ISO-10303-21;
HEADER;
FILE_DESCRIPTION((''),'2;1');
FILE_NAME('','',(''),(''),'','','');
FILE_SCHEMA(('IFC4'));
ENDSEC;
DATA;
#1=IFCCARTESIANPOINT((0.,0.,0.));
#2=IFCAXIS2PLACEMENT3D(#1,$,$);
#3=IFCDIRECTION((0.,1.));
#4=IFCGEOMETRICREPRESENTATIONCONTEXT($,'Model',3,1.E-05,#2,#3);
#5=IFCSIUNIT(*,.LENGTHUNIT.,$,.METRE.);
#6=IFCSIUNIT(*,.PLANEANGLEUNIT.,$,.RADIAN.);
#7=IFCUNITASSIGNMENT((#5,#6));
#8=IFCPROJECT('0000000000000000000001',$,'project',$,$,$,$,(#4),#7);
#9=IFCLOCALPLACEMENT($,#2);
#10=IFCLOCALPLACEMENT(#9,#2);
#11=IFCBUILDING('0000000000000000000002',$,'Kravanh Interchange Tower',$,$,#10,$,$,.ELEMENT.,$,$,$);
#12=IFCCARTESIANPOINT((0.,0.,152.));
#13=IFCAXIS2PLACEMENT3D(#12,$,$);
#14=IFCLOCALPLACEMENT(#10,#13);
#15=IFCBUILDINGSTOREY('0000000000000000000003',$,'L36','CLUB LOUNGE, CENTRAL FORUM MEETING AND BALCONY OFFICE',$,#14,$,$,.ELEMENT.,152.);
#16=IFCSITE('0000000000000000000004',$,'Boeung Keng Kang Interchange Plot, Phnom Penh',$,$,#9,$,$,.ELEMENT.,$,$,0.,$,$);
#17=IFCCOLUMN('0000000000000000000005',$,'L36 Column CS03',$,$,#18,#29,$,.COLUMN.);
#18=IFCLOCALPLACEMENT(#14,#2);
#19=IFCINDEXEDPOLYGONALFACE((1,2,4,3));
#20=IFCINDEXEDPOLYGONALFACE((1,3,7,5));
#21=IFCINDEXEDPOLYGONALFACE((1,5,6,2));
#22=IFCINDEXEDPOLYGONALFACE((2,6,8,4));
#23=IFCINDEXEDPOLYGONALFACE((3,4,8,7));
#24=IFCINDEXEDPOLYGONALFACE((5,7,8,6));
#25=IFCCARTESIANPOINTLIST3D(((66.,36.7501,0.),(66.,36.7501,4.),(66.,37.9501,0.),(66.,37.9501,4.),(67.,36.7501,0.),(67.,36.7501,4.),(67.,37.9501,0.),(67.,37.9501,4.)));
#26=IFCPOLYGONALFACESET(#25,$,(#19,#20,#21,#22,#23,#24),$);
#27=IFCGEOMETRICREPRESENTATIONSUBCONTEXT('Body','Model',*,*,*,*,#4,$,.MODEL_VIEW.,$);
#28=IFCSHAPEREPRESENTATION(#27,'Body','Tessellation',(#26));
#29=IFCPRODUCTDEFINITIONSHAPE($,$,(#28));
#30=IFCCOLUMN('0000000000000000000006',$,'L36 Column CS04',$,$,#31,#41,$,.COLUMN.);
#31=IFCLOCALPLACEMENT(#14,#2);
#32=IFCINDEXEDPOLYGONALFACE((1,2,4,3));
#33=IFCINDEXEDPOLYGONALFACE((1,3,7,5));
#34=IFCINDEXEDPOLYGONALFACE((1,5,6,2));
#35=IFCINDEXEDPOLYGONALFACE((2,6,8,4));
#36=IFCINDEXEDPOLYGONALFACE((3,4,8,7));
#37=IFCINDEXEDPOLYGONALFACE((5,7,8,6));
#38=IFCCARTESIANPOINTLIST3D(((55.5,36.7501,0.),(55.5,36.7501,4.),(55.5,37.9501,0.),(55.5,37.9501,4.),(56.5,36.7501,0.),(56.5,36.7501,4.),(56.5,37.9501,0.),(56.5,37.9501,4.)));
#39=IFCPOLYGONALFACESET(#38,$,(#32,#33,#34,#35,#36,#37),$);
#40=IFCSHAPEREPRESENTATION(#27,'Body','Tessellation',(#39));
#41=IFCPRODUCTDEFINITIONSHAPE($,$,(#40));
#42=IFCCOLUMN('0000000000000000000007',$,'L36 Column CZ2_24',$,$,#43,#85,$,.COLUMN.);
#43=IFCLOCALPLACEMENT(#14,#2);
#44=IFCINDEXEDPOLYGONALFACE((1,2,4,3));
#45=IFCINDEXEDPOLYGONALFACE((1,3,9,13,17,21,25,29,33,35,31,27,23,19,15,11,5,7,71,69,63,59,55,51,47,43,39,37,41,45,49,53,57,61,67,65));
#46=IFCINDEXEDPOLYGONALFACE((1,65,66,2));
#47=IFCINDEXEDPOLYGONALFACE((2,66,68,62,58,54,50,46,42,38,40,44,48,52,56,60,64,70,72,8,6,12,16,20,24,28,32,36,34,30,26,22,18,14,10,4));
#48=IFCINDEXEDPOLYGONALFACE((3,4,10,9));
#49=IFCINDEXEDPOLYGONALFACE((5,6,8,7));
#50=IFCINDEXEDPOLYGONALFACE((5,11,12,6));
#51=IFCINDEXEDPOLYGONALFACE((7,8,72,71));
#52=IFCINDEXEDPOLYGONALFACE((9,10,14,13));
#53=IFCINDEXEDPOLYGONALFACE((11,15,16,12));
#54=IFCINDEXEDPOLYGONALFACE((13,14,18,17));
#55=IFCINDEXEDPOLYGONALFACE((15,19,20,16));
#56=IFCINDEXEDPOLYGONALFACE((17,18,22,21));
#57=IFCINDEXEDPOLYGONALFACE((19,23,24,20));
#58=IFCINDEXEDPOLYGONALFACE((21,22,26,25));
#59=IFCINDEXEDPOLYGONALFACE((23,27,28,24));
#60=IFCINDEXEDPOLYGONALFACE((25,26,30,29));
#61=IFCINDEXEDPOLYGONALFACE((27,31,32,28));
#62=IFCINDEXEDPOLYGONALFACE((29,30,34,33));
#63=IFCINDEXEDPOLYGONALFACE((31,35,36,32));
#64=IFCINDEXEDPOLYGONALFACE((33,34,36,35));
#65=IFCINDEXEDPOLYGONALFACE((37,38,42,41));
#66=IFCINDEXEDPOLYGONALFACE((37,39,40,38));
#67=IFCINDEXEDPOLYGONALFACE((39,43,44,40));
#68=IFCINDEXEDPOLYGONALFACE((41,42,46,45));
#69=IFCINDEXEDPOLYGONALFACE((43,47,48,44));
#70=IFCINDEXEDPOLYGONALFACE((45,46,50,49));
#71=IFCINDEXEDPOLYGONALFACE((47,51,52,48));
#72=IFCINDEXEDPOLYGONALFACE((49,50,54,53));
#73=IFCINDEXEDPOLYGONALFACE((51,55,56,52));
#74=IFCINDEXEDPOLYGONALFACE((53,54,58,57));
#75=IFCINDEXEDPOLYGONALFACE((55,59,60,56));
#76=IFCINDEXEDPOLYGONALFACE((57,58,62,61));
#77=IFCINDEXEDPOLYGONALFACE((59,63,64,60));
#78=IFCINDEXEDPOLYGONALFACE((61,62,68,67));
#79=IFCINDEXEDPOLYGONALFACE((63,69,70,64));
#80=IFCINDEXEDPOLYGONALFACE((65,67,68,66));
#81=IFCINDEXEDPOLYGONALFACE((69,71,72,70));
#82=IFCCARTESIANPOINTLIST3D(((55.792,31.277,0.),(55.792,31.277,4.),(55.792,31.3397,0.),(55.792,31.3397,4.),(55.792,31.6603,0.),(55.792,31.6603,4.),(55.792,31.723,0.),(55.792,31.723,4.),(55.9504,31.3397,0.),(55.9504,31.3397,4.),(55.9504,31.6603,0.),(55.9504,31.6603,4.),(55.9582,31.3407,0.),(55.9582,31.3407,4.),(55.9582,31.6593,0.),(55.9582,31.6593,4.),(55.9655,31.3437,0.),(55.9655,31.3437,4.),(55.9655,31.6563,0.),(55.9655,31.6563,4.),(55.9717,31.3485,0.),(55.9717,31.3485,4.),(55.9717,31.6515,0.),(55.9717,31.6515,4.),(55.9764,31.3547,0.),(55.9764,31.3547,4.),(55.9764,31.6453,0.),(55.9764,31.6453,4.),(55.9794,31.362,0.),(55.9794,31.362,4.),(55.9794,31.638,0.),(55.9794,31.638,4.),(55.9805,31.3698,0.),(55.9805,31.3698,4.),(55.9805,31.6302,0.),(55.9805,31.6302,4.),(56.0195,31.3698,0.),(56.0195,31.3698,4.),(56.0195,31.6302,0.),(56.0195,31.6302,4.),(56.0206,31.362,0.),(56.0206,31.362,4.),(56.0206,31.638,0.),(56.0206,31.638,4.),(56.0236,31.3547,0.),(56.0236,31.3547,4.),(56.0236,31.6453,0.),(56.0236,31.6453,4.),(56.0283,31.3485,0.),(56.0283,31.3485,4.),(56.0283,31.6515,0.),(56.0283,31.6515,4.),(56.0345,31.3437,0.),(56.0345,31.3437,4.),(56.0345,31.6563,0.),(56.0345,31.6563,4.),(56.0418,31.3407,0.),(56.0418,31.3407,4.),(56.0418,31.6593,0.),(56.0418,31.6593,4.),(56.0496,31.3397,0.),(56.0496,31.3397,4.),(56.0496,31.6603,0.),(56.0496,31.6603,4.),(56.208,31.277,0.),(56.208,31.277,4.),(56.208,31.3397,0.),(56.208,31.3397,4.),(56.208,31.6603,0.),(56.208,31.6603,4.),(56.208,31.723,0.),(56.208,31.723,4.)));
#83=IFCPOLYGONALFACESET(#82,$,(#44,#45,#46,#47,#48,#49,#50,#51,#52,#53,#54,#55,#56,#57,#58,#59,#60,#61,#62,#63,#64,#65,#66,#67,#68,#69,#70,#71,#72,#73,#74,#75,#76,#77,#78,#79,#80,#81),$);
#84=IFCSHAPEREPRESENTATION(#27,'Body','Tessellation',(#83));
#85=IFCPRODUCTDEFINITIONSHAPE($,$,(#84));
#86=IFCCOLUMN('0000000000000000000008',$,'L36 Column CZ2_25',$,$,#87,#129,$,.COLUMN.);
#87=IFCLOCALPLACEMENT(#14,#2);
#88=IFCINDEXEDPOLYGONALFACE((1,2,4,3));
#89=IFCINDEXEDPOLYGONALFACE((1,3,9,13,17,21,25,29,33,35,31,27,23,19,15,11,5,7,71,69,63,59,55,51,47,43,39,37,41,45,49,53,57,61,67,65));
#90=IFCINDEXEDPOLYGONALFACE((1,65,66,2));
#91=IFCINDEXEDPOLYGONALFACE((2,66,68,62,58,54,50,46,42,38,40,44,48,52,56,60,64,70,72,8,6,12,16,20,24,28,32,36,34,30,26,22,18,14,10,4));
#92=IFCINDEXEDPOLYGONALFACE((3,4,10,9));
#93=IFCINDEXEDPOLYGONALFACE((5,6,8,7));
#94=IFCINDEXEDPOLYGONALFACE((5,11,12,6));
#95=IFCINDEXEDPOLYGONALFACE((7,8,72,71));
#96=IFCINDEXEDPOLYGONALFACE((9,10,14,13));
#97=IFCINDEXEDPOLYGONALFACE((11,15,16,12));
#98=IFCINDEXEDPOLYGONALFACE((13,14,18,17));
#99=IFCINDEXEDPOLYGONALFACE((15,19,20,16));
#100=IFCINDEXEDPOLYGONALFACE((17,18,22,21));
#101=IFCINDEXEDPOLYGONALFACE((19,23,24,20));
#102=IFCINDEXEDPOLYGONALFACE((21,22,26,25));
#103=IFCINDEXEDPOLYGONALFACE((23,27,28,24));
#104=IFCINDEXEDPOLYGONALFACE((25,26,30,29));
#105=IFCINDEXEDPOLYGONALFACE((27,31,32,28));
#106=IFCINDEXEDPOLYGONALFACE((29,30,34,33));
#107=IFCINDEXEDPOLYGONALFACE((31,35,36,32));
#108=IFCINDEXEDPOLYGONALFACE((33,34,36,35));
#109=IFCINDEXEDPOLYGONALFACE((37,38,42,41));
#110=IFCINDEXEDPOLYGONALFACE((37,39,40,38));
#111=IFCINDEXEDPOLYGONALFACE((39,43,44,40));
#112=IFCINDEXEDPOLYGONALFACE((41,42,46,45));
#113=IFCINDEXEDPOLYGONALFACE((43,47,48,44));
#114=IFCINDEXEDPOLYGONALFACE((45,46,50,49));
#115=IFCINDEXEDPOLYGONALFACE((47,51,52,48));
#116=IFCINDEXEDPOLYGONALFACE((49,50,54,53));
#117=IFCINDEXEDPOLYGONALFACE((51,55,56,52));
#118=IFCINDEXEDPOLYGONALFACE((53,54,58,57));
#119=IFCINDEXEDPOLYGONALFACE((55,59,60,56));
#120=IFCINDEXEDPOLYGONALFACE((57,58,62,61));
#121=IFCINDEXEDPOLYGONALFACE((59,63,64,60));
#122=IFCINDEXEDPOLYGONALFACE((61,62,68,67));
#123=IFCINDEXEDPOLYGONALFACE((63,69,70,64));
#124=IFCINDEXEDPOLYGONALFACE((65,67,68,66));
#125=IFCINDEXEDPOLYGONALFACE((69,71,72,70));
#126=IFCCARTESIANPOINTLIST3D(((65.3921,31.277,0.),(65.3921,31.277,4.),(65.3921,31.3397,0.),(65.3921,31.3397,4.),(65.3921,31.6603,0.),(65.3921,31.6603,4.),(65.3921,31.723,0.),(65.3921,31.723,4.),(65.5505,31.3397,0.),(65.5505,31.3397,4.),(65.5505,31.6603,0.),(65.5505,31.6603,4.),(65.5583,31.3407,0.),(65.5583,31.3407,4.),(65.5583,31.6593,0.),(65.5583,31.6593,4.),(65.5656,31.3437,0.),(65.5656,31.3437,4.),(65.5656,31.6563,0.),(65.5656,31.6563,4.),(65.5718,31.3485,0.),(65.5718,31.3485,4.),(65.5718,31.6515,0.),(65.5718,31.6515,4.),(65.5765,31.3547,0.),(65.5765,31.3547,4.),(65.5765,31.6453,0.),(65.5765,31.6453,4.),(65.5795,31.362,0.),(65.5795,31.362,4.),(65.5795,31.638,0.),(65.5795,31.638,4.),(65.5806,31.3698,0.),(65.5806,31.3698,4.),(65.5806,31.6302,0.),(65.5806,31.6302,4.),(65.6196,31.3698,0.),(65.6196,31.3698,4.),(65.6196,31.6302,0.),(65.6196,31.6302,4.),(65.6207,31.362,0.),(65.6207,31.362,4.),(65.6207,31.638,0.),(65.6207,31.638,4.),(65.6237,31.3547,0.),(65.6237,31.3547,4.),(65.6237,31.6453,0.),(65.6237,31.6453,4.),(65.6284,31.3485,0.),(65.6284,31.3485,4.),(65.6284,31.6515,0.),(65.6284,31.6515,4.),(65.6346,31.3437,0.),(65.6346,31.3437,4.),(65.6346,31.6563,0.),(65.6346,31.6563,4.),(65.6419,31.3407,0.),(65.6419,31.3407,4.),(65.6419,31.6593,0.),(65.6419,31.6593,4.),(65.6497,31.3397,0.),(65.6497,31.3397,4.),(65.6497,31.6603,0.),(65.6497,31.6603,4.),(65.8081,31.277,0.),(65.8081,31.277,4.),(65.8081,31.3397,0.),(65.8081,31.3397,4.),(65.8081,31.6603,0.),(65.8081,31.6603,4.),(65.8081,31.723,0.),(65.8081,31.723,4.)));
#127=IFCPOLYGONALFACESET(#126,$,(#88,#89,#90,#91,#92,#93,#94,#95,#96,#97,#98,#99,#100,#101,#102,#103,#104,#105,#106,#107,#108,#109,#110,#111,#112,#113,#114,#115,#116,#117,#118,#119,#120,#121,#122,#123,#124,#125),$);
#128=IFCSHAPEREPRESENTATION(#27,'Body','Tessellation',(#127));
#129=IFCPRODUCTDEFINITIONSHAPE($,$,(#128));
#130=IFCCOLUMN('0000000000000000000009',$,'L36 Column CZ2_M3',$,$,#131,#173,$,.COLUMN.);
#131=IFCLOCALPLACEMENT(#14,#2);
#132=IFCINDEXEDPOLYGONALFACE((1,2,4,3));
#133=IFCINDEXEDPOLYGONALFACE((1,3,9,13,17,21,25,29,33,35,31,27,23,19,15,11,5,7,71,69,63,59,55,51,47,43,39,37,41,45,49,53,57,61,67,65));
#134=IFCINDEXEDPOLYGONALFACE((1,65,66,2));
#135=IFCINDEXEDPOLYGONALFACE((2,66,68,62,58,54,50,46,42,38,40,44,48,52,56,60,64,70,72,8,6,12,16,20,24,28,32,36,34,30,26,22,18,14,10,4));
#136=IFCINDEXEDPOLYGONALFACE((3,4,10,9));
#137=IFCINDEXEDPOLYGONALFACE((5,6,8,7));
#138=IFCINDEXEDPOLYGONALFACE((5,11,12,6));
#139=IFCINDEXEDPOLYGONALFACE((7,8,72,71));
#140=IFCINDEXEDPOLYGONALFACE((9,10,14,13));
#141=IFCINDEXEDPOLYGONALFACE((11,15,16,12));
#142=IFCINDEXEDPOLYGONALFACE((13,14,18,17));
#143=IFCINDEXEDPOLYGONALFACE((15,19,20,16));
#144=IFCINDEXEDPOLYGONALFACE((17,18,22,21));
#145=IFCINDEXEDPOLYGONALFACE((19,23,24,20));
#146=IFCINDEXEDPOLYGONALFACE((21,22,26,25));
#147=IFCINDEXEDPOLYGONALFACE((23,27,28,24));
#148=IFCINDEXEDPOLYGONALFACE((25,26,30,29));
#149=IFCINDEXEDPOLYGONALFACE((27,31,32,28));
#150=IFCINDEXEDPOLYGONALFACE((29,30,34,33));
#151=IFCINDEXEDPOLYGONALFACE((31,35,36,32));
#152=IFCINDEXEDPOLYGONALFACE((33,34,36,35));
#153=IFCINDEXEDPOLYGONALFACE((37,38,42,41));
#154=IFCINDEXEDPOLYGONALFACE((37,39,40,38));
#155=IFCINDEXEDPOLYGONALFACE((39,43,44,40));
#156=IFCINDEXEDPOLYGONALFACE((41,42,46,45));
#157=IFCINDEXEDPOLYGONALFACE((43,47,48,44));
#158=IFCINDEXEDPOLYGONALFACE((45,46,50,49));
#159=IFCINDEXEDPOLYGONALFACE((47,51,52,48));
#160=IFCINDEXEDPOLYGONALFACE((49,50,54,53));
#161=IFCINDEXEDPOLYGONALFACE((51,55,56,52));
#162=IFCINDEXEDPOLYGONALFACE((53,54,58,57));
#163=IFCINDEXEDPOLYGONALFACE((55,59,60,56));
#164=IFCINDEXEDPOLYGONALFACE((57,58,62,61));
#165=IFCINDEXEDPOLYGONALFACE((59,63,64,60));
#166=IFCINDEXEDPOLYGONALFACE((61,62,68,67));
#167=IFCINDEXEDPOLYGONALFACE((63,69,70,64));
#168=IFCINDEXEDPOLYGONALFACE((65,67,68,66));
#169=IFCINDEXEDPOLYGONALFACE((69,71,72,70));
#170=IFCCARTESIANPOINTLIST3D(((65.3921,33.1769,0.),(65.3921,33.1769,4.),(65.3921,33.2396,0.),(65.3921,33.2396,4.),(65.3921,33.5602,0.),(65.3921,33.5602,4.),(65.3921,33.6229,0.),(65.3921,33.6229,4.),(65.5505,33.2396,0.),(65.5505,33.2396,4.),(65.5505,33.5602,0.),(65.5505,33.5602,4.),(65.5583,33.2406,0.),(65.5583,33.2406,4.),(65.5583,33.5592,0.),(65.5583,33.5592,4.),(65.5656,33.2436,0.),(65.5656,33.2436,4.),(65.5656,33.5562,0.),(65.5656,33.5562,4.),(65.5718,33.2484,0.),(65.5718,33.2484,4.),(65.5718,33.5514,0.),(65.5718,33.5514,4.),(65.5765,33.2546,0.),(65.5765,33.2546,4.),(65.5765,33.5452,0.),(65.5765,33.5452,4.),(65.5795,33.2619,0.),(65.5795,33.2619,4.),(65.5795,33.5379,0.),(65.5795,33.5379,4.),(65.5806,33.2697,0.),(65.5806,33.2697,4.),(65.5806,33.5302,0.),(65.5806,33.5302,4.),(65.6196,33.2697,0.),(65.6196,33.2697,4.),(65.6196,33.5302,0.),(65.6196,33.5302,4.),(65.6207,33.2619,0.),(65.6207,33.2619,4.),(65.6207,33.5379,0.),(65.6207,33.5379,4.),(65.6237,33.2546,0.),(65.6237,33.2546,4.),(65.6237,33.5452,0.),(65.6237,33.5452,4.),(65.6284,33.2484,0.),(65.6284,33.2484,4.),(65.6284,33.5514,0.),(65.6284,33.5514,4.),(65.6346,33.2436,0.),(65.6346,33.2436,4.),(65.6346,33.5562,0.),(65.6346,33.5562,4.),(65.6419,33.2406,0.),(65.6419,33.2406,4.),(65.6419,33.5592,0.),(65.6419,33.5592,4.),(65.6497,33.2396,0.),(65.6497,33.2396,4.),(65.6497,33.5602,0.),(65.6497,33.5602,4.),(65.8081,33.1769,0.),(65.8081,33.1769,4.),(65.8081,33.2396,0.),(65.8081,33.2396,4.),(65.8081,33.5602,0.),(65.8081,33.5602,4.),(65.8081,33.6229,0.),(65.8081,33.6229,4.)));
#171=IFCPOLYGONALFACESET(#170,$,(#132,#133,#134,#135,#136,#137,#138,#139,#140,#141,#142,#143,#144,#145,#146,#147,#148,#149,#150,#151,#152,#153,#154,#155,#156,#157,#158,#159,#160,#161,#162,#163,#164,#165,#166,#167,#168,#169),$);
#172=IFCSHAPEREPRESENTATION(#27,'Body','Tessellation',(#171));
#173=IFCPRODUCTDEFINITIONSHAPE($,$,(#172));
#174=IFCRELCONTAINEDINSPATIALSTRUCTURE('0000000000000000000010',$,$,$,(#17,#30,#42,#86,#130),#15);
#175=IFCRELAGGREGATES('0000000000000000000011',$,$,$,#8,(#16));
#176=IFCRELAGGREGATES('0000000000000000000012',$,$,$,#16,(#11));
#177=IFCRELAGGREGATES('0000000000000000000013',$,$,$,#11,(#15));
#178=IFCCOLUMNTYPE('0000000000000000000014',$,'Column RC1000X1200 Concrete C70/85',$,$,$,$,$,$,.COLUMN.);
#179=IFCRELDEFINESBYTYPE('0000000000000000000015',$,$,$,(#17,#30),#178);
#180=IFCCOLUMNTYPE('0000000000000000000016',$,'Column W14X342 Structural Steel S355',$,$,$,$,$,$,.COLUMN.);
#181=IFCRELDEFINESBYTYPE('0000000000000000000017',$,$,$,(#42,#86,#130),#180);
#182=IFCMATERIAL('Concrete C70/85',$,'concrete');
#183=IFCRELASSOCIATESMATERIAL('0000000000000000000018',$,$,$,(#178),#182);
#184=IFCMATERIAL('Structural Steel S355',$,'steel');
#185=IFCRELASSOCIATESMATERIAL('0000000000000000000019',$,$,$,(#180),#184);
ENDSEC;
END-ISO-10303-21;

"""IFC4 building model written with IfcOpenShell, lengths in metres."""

from ifc_helpers import new_model, si_unit, direction, frame, origin, origin_2d, place, context, subcontext, project, spatial, rectangle, i_section, extrude, material, material_profile, profile_set, type_object, element, save


model = new_model("IFC4")

# Units and contexts
model_context = context("Model", 3, precision=1e-05, world=origin(), true_north=direction((0.0, 1.0)))
body_context = subcontext(model_context, "Body", "Model", "MODEL_VIEW")
ifc_project = project(units=[si_unit("LENGTHUNIT", "METRE"), si_unit("PLANEANGLEUNIT", "RADIAN")], contexts=[model_context])

# Site, building, storey
site_placement = place(None, origin())
site = spatial("IfcSite", under=ifc_project, at=site_placement, Name="Boeung Keng Kang Interchange Plot, Phnom Penh", CompositionType="ELEMENT", RefElevation=0.0)
building_placement = place(site_placement, origin())
building = spatial("IfcBuilding", under=site, at=building_placement, Name="Kravanh Interchange Tower", CompositionType="ELEMENT")
storey_placement = place(building_placement, frame((0.0, 0.0, 152.0)))
storey = spatial("IfcBuildingStorey", under=building, at=storey_placement, Name="L36", Description="CLUB LOUNGE, CENTRAL FORUM MEETING AND BALCONY OFFICE", CompositionType="ELEMENT", Elevation=152.0)

# Columns
ifc_material_1 = material(Name="Concrete C70/85", Category="concrete")
ifc_material_profile_1 = material_profile(ifc_material_1, rectangle(XDim=1.0, YDim=1.2, at=origin_2d()), Name="RC1000X1200")
ifc_profile_set_1 = profile_set([ifc_material_profile_1], Name="Concrete C70/85")
column_type_1 = type_object("IfcColumnType", Name="Column RC1000X1200 Concrete C70/85", PredefinedType="COLUMN", material=ifc_profile_set_1)
for number, where, z_axis, x_axis, name in (
    (1, (66.5, 37.3501, 0.0), (0.0, 0.0, 1.0), (1.0, 0.0, 0.0), "L36 Column CS03"),
    (2, (56.0, 37.3501, 0.0), (0.0, 0.0, 1.0), (1.0, 0.0, 0.0), "L36 Column CS04"),
):
    element("IfcColumn", number, at=place(storey_placement, frame(where, z_axis=z_axis, x_axis=x_axis)), inside=storey, type_object=column_type_1, Name=name, PredefinedType="COLUMN", context=body_context, shape_type="SweptSolid", body=[
        extrude(rectangle(XDim=1.0, YDim=1.2, at=origin_2d()), origin(), (0.0, 0.0, 1.0), 4.0),
    ])
ifc_material_2 = material(Name="Structural Steel S355", Category="steel")
ifc_material_profile_2 = material_profile(ifc_material_2, i_section(OverallWidth=0.416, OverallDepth=0.446, WebThickness=0.0391, FlangeThickness=0.0627, FilletRadius=0.03, at=origin_2d()), Name="W14X342")
ifc_profile_set_2 = profile_set([ifc_material_profile_2], Name="Structural Steel S355")
column_type_2 = type_object("IfcColumnType", Name="Column W14X342 Structural Steel S355", PredefinedType="COLUMN", material=ifc_profile_set_2)
for number, where, z_axis, x_axis, name in (
    (3, (56.0, 31.5, 0.0), (0.0, 0.0, 1.0), (1.0, 0.0, 0.0), "L36 Column CZ2_24"),
    (4, (65.6001, 31.5, 0.0), (0.0, 0.0, 1.0), (1.0, 0.0, 0.0), "L36 Column CZ2_25"),
    (5, (65.6001, 33.3999, 0.0), (0.0, 0.0, 1.0), (1.0, 0.0, 0.0), "L36 Column CZ2_M3"),
):
    element("IfcColumn", number, at=place(storey_placement, frame(where, z_axis=z_axis, x_axis=x_axis)), inside=storey, type_object=column_type_2, Name=name, PredefinedType="COLUMN", context=body_context, shape_type="SweptSolid", body=[
        extrude(i_section(OverallWidth=0.416, OverallDepth=0.446, WebThickness=0.0391, FlangeThickness=0.0627, FilletRadius=0.03, at=origin_2d()), origin(), (0.0, 0.0, 1.0), 4.0),
    ])

save(model, "model.ifc")
